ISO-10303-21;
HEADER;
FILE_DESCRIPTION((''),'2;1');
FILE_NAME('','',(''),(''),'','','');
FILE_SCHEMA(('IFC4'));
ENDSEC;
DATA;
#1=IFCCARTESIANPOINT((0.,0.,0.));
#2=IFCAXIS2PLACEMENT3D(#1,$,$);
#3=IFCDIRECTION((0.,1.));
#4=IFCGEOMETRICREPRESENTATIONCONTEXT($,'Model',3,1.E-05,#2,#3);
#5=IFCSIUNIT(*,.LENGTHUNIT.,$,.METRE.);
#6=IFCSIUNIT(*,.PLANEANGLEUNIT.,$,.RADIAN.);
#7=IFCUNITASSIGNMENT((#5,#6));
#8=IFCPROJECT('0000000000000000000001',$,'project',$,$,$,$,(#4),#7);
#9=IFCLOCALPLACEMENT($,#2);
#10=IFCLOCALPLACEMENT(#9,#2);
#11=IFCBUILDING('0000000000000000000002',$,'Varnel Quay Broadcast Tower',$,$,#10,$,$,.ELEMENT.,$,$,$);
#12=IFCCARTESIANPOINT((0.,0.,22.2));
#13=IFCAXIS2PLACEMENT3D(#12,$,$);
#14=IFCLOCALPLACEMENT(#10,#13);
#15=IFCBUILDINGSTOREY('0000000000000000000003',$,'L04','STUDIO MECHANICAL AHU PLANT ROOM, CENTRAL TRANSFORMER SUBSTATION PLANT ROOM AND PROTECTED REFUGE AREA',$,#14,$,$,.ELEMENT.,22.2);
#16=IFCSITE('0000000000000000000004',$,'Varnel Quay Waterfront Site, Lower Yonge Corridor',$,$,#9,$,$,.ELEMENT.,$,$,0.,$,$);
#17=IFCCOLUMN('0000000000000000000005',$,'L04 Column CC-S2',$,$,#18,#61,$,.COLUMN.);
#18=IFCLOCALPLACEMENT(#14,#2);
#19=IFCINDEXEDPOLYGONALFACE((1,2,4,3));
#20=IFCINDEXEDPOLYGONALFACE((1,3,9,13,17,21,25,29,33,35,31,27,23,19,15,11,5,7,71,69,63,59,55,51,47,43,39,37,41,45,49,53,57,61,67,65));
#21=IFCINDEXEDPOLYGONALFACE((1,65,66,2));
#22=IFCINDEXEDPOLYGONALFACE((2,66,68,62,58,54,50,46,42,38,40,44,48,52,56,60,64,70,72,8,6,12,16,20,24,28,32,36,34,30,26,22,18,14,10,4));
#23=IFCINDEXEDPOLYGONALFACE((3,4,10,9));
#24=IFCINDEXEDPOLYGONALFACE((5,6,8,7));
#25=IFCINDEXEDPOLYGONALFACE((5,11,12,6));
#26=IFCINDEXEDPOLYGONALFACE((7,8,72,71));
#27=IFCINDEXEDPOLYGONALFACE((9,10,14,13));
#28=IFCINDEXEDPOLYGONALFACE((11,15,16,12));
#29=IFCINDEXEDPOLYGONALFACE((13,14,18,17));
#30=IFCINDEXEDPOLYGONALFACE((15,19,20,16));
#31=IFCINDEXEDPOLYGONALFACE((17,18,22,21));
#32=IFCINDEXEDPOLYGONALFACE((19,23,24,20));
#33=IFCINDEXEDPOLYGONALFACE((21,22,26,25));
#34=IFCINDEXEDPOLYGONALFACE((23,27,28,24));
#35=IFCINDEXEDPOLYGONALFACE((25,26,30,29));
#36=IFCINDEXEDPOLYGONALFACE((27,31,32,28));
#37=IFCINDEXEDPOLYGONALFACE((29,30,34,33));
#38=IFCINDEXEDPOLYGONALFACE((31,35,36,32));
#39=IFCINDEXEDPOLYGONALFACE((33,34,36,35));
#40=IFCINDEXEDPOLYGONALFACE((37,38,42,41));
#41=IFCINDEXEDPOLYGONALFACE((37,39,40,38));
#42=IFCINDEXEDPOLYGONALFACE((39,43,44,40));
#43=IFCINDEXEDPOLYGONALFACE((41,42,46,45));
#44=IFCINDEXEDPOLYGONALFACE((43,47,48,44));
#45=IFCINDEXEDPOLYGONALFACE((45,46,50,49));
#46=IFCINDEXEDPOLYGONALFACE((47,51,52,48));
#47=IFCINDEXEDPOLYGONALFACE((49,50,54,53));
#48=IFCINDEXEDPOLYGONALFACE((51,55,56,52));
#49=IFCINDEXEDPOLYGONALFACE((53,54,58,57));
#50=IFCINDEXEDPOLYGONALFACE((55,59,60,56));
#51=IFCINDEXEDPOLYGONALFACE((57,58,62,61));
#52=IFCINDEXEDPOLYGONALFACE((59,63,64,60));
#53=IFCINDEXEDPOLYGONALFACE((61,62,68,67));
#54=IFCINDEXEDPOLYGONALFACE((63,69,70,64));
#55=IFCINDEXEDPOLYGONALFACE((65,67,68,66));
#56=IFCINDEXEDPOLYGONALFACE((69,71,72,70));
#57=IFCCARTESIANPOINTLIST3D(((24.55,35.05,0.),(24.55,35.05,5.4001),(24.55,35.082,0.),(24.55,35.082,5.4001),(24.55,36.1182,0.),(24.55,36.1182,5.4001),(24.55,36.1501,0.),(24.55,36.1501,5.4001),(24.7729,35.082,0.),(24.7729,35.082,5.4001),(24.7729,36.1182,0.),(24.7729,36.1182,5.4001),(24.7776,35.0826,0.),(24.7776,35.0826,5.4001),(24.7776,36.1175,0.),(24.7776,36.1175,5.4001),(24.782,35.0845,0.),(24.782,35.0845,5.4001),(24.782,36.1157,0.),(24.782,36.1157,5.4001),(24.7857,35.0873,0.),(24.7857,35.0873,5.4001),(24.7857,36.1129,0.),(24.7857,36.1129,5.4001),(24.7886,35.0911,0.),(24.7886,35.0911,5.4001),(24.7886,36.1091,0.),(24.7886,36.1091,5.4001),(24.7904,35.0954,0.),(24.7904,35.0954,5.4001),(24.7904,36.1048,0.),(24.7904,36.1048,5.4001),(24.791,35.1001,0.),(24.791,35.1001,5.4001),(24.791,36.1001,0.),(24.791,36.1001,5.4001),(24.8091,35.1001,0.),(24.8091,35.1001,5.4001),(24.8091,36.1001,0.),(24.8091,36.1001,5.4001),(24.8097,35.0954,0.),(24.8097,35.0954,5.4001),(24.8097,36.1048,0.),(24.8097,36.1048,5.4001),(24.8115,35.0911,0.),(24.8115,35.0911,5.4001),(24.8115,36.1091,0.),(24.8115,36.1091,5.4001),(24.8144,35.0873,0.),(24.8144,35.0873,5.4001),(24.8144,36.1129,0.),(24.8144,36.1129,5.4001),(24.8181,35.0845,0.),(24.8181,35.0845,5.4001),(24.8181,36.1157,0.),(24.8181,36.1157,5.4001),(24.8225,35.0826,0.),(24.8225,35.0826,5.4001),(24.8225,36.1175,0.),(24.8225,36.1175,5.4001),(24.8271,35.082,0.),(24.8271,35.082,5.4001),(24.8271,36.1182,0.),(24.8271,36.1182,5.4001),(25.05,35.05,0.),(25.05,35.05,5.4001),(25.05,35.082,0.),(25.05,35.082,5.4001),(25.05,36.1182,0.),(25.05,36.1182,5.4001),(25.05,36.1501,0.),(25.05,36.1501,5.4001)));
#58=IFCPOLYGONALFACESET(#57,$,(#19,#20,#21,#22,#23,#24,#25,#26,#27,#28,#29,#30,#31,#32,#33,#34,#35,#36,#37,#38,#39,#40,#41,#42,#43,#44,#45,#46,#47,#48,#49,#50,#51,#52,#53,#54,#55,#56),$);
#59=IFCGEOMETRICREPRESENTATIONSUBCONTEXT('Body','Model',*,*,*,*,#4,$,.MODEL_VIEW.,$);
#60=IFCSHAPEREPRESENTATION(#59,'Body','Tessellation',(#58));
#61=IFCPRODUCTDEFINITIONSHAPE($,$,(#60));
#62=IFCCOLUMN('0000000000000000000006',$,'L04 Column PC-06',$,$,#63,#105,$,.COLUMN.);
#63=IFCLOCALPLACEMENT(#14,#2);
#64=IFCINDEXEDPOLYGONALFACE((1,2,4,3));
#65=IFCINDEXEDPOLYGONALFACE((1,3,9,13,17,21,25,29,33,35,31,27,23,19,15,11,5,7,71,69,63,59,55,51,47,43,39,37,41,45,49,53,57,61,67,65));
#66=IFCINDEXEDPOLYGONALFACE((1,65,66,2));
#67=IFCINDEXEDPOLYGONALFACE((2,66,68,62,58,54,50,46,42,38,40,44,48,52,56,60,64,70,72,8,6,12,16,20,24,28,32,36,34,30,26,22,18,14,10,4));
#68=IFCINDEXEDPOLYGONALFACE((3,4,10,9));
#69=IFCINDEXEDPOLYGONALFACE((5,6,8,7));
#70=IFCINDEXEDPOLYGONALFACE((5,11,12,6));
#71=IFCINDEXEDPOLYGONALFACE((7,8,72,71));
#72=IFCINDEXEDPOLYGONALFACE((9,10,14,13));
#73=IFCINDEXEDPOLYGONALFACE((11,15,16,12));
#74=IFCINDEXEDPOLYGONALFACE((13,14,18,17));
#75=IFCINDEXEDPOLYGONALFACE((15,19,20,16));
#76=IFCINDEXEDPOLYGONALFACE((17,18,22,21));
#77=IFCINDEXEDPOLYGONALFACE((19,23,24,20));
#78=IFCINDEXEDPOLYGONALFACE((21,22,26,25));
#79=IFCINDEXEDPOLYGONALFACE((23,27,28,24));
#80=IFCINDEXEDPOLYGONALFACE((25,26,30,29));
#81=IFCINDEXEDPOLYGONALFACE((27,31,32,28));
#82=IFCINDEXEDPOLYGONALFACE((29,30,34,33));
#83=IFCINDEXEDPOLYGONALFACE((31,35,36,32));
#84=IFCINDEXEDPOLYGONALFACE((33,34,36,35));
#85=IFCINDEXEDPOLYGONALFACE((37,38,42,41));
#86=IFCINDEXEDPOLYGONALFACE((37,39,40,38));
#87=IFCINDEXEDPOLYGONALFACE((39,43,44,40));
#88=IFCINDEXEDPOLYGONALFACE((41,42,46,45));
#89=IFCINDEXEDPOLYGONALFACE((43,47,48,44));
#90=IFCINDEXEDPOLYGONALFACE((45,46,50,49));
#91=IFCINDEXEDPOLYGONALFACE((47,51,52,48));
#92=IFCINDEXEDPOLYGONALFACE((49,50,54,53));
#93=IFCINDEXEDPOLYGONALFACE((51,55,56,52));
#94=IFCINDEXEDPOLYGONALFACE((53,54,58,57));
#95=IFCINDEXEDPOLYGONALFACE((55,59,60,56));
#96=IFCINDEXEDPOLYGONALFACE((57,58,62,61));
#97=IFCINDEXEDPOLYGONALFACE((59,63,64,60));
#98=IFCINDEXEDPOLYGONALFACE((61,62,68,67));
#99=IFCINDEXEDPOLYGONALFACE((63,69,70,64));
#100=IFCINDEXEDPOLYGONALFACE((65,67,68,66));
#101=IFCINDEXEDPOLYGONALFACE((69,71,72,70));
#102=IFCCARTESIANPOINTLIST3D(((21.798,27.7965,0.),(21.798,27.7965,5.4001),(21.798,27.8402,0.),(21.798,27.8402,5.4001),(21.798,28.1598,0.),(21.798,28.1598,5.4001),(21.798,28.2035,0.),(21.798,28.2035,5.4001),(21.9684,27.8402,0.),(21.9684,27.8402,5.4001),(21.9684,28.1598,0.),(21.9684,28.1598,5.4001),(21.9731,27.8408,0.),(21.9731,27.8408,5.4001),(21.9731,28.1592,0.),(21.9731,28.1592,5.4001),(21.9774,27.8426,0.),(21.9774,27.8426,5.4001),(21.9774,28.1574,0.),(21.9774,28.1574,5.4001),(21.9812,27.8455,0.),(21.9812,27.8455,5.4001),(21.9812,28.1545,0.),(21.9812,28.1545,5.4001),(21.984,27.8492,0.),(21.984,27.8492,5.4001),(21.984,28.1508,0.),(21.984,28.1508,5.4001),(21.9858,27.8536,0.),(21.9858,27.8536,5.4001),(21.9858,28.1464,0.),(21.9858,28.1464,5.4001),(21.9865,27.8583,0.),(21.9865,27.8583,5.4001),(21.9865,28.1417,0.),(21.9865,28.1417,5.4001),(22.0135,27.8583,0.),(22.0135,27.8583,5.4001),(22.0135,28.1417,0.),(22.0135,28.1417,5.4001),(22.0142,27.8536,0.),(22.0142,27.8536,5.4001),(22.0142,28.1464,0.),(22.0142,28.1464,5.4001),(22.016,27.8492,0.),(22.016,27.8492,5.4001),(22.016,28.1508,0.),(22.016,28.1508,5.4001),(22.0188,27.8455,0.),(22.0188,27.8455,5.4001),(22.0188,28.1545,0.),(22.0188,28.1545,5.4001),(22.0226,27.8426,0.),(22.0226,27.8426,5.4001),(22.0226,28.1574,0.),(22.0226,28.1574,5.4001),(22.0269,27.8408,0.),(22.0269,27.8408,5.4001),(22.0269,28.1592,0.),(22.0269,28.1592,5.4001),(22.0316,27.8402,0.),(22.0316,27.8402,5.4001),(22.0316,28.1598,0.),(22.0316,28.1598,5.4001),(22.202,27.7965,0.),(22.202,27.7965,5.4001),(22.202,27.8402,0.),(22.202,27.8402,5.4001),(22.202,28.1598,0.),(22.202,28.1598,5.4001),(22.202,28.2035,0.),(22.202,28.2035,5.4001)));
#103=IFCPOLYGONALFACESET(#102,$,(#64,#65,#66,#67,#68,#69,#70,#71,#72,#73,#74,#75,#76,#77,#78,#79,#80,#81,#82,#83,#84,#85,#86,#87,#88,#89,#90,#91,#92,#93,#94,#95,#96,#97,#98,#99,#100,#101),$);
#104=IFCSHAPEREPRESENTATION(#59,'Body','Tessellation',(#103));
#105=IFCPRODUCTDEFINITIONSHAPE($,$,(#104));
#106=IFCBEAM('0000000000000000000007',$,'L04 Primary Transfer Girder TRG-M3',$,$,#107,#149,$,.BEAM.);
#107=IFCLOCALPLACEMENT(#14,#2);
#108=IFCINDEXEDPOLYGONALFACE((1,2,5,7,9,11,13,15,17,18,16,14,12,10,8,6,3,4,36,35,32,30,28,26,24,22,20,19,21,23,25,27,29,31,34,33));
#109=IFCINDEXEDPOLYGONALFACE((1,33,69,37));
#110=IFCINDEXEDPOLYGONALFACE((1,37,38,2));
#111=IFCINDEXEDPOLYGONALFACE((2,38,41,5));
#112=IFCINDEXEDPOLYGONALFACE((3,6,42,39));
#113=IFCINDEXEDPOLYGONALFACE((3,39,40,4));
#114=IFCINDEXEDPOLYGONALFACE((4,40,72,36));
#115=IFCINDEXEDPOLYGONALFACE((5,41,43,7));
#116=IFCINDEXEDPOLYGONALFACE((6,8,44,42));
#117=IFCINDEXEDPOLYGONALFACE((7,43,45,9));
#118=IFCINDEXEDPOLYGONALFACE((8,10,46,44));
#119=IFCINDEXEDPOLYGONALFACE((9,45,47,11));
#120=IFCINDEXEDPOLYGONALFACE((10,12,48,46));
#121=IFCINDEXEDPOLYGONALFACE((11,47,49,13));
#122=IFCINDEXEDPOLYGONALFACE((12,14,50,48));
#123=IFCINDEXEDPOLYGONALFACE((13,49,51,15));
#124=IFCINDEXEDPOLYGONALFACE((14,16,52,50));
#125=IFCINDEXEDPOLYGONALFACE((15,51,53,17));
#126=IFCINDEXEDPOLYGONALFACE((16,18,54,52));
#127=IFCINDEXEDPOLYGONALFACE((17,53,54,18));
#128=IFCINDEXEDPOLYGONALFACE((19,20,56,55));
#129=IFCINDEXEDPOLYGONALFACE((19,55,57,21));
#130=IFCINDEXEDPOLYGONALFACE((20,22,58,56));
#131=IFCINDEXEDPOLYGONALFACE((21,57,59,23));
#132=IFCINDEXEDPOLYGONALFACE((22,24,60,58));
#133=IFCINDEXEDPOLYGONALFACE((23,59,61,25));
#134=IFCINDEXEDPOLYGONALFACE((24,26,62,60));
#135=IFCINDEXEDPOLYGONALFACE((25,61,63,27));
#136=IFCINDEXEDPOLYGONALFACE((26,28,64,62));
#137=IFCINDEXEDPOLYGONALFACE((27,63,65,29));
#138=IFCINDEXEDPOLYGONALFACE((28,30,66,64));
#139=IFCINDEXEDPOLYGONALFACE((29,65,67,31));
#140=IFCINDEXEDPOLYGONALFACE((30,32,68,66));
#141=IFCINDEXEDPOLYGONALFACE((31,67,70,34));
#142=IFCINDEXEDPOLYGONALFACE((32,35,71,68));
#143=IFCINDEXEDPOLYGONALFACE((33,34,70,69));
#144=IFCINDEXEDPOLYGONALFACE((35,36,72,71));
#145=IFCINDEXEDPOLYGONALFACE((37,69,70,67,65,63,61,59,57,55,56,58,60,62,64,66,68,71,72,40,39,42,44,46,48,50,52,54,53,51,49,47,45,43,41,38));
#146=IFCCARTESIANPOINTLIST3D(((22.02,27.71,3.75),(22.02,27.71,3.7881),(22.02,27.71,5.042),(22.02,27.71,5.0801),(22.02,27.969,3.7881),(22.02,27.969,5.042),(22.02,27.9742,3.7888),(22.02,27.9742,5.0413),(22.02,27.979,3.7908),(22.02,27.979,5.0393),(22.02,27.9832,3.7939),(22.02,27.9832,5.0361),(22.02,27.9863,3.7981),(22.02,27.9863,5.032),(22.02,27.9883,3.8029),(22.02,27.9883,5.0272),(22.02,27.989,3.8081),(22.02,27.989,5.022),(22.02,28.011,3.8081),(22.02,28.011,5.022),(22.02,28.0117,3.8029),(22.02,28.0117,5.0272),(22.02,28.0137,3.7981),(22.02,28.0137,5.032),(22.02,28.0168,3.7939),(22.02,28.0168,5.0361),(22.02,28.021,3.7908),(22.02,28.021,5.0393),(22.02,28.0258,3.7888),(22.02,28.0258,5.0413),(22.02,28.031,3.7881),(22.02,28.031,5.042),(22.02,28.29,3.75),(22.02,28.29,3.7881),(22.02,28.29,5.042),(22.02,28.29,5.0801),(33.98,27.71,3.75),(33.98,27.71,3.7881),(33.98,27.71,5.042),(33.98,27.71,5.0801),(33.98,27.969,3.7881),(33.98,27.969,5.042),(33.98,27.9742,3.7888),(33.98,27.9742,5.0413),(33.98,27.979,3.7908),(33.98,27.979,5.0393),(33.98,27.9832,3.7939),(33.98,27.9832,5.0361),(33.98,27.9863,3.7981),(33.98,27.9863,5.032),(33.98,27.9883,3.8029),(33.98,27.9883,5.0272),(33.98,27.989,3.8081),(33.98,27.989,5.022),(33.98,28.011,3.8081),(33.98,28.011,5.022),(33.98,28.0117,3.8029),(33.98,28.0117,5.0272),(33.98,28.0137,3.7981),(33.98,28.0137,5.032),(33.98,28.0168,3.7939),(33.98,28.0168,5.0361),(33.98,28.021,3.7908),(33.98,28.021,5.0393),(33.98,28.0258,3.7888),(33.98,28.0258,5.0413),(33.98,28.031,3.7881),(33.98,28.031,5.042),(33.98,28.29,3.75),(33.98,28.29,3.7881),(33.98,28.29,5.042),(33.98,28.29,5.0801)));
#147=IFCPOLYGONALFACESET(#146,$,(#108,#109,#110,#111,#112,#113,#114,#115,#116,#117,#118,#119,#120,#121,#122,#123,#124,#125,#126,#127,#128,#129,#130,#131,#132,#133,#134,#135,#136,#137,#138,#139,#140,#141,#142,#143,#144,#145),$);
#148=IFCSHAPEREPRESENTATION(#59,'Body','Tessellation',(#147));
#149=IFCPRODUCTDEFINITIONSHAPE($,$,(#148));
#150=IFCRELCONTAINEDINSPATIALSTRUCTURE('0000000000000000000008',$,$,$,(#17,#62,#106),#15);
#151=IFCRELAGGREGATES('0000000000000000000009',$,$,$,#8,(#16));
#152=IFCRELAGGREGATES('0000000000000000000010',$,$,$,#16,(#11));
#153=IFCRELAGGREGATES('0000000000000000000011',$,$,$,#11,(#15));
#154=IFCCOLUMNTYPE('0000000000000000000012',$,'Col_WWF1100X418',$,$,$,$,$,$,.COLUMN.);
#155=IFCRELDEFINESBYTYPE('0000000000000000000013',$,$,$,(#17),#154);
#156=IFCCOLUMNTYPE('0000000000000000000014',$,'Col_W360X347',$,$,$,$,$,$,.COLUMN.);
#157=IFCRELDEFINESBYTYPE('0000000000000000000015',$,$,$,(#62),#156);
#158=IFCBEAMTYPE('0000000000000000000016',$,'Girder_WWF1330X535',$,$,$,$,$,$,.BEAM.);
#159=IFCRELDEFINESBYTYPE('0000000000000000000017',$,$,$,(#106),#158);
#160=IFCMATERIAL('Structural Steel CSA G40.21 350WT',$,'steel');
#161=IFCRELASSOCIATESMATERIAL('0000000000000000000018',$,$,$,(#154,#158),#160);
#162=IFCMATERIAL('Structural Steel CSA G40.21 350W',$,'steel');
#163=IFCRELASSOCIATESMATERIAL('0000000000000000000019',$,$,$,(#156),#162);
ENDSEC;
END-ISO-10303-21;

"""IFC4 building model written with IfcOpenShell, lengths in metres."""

from ifc_helpers import new_model, si_unit, direction, frame, origin, origin_2d, place, context, subcontext, project, spatial, i_section, extrude, source, transform, mapped, material, material_profile, profile_set, type_object, type_shapes, element, save


model = new_model("IFC4")

# Units and contexts
model_context = context("Model", 3, precision=1e-05, world=origin(), true_north=direction((0.0, 1.0)))
body_context = subcontext(model_context, "Body", "Model", "MODEL_VIEW")
ifc_project = project(units=[si_unit("LENGTHUNIT", "METRE"), si_unit("PLANEANGLEUNIT", "RADIAN")], contexts=[model_context])

# Site, building, storey
site_placement = place(None, origin())
site = spatial("IfcSite", under=ifc_project, at=site_placement, Name="Varnel Quay Waterfront Site, Lower Yonge Corridor", CompositionType="ELEMENT", RefElevation=0.0)
building_placement = place(site_placement, origin())
building = spatial("IfcBuilding", under=site, at=building_placement, Name="Varnel Quay Broadcast Tower", CompositionType="ELEMENT")
storey_placement = place(building_placement, frame((0.0, 0.0, 22.2)))
storey = spatial("IfcBuildingStorey", under=building, at=storey_placement, Name="L04", Description="STUDIO MECHANICAL AHU PLANT ROOM, CENTRAL TRANSFORMER SUBSTATION PLANT ROOM AND PROTECTED REFUGE AREA", CompositionType="ELEMENT", Elevation=22.2)

# Columns
ifc_material_1 = material(Name="Structural Steel CSA G40.21 350WT", Category="steel")
ifc_material_profile_1 = material_profile(ifc_material_1, i_section(OverallWidth=0.5, OverallDepth=1.1001, WebThickness=0.0181, FlangeThickness=0.032, FilletRadius=0.0181, at=origin_2d()), Name="WWF1100X418")
ifc_profile_set_1 = profile_set([ifc_material_profile_1], Name="Structural Steel CSA G40.21 350WT")
column_type_1 = type_object("IfcColumnType", Name="Col_WWF1100X418", PredefinedType="COLUMN", material=ifc_profile_set_1)
shared_shape_1 = source(origin(), body_context, "Body", "SweptSolid", [
    extrude(i_section(OverallWidth=0.5, OverallDepth=1.1001, WebThickness=0.0181, FlangeThickness=0.032, FilletRadius=0.0181, at=origin_2d()), origin(), (0.0, 0.0, 1.0), 5.4001),
])
type_shapes(column_type_1, [shared_shape_1])
column_1_placement = place(storey_placement, frame((24.8, 35.6001, 0.0), z_axis=(0.0, 0.0, 1.0), x_axis=(1.0, 0.0, 0.0)))
element("IfcColumn", 1, at=column_1_placement, inside=storey, type_object=column_type_1, Name="L04 Column CC-S2", PredefinedType="COLUMN", context=body_context, shape_type="MappedRepresentation", body=[
    mapped(shared_shape_1, transform((0.0, 0.0, 0.0), x_axis=(1.0, 0.0, 0.0), y_axis=(0.0, 1.0, 0.0), z_axis=(0.0, 0.0, 1.0), scale=1.0)),
])
ifc_material_2 = material(Name="Structural Steel CSA G40.21 350W", Category="steel")
ifc_material_profile_2 = material_profile(ifc_material_2, i_section(OverallWidth=0.4041, OverallDepth=0.407, WebThickness=0.0271, FlangeThickness=0.0437, FilletRadius=0.0181, at=origin_2d()), Name="W360X347")
ifc_profile_set_2 = profile_set([ifc_material_profile_2], Name="Structural Steel CSA G40.21 350W")
column_type_2 = type_object("IfcColumnType", Name="Col_W360X347", PredefinedType="COLUMN", material=ifc_profile_set_2)
shared_shape_2 = source(origin(), body_context, "Body", "SweptSolid", [
    extrude(i_section(OverallWidth=0.4041, OverallDepth=0.407, WebThickness=0.0271, FlangeThickness=0.0437, FilletRadius=0.0181, at=origin_2d()), origin(), (0.0, 0.0, 1.0), 5.4001),
])
type_shapes(column_type_2, [shared_shape_2])
column_2_placement = place(storey_placement, frame((22.0, 28.0, 0.0), z_axis=(0.0, 0.0, 1.0), x_axis=(1.0, 0.0, 0.0)))
element("IfcColumn", 2, at=column_2_placement, inside=storey, type_object=column_type_2, Name="L04 Column PC-06", PredefinedType="COLUMN", context=body_context, shape_type="MappedRepresentation", body=[
    mapped(shared_shape_2, transform((0.0, 0.0, 0.0), x_axis=(1.0, 0.0, 0.0), y_axis=(0.0, 1.0, 0.0), z_axis=(0.0, 0.0, 1.0), scale=1.0)),
])

# Beam
ifc_material_profile_3 = material_profile(ifc_material_1, i_section(OverallWidth=0.5801, OverallDepth=1.3301, WebThickness=0.022, FlangeThickness=0.0381, FilletRadius=0.02, at=origin_2d()), Name="WWF1330X535")
ifc_profile_set_3 = profile_set([ifc_material_profile_3], Name="Structural Steel CSA G40.21 350WT")
beam_type_1 = type_object("IfcBeamType", Name="Girder_WWF1330X535", PredefinedType="BEAM", material=ifc_profile_set_3)
shared_shape_3 = source(origin(), body_context, "Body", "SweptSolid", [
    extrude(i_section(OverallWidth=0.5801, OverallDepth=1.3301, WebThickness=0.022, FlangeThickness=0.0381, FilletRadius=0.02, at=origin_2d()), origin(), (0.0, 0.0, 1.0), 11.96),
])
type_shapes(beam_type_1, [shared_shape_3])
beam_1_placement = place(storey_placement, frame((22.02, 28.0, 4.415), z_axis=(1.0, 0.0, 0.0), x_axis=(0.0, 1.0, 0.0)))
element("IfcBeam", 3, at=beam_1_placement, inside=storey, type_object=beam_type_1, Name="L04 Primary Transfer Girder TRG-M3", PredefinedType="BEAM", context=body_context, shape_type="MappedRepresentation", body=[
    mapped(shared_shape_3, transform((0.0, 0.0, 0.0), x_axis=(1.0, 0.0, 0.0), y_axis=(0.0, 1.0, 0.0), z_axis=(0.0, 0.0, 1.0), scale=1.0)),
])

save(model, "model.ifc")
